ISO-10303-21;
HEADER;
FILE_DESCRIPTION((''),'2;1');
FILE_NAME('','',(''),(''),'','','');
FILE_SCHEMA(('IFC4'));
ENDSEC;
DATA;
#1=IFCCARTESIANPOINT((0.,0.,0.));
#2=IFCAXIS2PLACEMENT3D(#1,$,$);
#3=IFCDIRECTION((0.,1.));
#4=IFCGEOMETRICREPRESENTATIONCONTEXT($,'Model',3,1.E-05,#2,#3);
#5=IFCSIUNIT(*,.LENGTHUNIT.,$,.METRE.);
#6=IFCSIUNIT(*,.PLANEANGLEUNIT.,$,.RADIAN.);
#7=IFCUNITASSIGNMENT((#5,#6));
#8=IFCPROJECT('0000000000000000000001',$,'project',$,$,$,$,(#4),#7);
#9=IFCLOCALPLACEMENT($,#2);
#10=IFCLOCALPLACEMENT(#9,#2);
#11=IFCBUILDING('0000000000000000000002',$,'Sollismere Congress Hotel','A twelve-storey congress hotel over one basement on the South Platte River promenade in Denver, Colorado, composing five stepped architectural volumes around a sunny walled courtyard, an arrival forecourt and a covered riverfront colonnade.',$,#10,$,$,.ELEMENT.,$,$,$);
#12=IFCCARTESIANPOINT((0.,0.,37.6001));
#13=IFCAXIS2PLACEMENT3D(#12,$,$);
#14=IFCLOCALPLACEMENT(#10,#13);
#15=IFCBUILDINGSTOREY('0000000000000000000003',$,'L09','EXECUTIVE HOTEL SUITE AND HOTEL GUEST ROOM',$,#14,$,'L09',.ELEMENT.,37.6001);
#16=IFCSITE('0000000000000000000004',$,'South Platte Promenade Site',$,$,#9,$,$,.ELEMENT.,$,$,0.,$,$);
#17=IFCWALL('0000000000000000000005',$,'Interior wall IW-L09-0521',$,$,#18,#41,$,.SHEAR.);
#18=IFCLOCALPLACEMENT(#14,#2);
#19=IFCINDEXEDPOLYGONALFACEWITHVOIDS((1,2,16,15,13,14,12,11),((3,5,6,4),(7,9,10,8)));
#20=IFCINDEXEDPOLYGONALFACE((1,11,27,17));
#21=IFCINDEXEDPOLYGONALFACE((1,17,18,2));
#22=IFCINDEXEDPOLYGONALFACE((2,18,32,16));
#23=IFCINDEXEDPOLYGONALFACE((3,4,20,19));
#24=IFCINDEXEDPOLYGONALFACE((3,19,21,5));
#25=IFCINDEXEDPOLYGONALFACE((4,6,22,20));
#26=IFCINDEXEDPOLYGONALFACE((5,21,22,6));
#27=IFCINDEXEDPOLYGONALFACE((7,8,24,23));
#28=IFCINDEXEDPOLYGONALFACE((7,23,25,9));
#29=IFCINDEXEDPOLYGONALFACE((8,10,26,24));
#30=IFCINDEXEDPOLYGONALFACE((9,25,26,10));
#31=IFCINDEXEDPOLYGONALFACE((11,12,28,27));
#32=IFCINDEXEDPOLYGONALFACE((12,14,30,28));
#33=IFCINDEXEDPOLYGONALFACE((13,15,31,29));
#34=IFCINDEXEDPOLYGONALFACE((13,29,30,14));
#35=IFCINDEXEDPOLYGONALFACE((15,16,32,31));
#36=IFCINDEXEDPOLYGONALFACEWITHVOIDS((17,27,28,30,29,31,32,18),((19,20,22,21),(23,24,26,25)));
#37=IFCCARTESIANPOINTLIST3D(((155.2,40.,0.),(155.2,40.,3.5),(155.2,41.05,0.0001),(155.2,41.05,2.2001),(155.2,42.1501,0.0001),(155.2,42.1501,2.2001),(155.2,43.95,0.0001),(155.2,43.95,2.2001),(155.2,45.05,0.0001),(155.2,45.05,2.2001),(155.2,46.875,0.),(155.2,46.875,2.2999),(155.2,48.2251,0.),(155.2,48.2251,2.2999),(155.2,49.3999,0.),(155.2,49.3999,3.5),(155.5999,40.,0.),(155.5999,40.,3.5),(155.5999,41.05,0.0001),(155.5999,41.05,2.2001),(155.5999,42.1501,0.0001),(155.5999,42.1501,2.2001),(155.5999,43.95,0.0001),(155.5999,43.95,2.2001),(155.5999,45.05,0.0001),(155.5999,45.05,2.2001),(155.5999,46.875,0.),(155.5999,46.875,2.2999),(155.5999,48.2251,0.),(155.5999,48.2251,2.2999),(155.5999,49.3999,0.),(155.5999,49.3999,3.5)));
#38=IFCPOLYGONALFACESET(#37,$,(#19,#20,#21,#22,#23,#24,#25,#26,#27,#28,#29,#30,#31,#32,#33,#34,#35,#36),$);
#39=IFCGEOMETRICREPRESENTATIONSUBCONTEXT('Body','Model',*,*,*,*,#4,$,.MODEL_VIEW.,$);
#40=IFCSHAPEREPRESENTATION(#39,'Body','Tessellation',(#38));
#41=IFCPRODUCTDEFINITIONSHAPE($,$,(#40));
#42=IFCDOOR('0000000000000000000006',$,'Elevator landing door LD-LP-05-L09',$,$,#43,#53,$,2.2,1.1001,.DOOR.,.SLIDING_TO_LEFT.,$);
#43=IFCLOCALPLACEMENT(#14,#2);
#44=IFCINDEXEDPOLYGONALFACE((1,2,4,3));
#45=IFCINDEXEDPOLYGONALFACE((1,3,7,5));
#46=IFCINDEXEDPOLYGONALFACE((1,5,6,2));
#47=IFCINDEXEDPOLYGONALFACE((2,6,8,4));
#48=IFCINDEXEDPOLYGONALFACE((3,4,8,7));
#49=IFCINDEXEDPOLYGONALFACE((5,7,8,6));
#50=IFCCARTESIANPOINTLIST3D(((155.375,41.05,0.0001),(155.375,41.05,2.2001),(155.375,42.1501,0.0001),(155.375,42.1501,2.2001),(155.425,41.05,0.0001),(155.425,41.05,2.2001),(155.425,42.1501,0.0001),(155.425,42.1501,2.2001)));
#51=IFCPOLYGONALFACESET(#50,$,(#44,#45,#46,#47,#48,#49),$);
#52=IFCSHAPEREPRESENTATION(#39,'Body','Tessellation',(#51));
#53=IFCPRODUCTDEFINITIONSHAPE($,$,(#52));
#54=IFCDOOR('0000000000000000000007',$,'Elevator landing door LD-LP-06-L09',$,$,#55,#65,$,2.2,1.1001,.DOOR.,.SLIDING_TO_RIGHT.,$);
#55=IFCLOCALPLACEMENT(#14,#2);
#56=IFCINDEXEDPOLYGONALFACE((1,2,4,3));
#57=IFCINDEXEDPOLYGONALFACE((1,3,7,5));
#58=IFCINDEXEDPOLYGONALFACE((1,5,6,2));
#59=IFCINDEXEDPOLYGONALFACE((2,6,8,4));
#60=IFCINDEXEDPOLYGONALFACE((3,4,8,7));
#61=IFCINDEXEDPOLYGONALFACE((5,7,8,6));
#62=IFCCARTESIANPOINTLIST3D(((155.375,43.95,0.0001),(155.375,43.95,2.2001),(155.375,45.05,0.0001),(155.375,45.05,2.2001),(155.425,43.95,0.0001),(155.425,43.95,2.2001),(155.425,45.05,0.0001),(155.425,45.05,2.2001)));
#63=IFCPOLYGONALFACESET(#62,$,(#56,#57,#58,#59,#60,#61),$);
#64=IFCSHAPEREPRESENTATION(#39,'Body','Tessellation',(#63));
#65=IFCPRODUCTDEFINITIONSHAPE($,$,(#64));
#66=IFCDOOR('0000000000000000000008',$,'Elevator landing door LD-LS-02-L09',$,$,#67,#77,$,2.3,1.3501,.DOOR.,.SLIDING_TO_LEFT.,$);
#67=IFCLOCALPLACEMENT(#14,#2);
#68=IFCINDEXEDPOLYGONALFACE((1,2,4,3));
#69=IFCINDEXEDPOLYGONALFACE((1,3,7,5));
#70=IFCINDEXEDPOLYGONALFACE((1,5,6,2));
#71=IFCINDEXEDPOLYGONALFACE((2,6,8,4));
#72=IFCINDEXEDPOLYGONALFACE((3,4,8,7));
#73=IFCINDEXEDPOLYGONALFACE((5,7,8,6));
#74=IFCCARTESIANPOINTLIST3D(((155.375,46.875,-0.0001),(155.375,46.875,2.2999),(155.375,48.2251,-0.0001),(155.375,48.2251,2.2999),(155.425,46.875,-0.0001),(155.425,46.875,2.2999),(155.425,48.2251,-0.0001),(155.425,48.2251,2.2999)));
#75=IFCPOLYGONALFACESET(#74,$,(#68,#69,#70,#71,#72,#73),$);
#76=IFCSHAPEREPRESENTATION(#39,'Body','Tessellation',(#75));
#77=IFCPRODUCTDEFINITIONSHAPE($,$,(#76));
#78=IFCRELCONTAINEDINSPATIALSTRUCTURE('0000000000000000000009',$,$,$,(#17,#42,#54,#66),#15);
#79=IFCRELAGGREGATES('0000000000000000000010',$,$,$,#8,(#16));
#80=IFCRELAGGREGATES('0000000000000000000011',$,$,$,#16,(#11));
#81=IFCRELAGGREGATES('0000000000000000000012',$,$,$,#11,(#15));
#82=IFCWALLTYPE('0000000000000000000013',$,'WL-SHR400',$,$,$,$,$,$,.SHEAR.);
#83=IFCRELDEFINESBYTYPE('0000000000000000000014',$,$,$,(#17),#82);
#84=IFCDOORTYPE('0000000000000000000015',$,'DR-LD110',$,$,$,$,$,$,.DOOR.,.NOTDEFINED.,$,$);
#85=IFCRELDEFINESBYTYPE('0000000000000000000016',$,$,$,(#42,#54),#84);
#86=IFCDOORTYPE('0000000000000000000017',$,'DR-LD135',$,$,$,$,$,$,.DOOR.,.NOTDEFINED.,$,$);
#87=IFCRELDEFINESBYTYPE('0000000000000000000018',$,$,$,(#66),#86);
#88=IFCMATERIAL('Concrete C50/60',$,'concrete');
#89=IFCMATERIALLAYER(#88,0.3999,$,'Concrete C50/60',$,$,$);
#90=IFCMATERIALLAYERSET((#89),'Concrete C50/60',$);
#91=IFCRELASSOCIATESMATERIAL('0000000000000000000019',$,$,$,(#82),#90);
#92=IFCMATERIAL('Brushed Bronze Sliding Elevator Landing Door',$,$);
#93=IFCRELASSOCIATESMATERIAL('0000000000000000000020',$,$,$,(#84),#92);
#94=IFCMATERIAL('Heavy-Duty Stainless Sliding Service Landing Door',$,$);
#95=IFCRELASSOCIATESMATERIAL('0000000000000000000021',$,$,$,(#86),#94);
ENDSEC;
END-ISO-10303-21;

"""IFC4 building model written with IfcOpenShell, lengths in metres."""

from ifc_helpers import new_model, si_unit, direction, frame, frame_2d, origin, place, context, subcontext, project, spatial, rectangle, extrude, material, layer, layer_set, type_object, element, fill, save


model = new_model("IFC4")

# Units and contexts
model_context = context("Model", 3, precision=1e-05, world=origin(), true_north=direction((0.0, 1.0)))
body_context = subcontext(model_context, "Body", "Model", "MODEL_VIEW")
ifc_project = project(units=[si_unit("LENGTHUNIT", "METRE"), si_unit("PLANEANGLEUNIT", "RADIAN")], contexts=[model_context])

# Site, building, storey
site_placement = place(None, origin())
site = spatial("IfcSite", under=ifc_project, at=site_placement, Name="South Platte Promenade Site", CompositionType="ELEMENT", RefElevation=0.0)
building_placement = place(site_placement, origin())
building = spatial("IfcBuilding", under=site, at=building_placement, Name="Sollismere Congress Hotel", Description="A twelve-storey congress hotel over one basement on the South Platte River promenade in Denver, Colorado, composing five stepped architectural volumes around a sunny walled courtyard, an arrival forecourt and a covered riverfront colonnade.", CompositionType="ELEMENT")
storey_placement = place(building_placement, frame((0.0, 0.0, 37.6001)))
storey = spatial("IfcBuildingStorey", under=building, at=storey_placement, Name="L09", Description="EXECUTIVE HOTEL SUITE AND HOTEL GUEST ROOM", LongName="L09", CompositionType="ELEMENT", Elevation=37.6001)

# Wall, openings, doors
ifc_material_1 = material(Name="Concrete C50/60", Category="concrete")
ifc_layer_1 = layer(ifc_material_1, 0.3999, Name="Concrete C50/60")
ifc_layer_set_1 = layer_set([ifc_layer_1], Name="Concrete C50/60")
wall_type_1 = type_object("IfcWallType", Name="WL-SHR400", PredefinedType="SHEAR", material=ifc_layer_set_1)
wall_1_placement = place(storey_placement, frame((155.3999, 40.0, 0.0), z_axis=(0.0, 0.0, 1.0), x_axis=(0.0, 1.0, 0.0)))
wall_1 = element("IfcWall", 1, at=wall_1_placement, inside=storey, type_object=wall_type_1, Name="Interior wall IW-L09-0521", PredefinedType="SHEAR", context=body_context, shape_type="SweptSolid", body=[
    extrude(rectangle(XDim=9.3999, YDim=0.3999, at=frame_2d((4.7, 0.0))), origin(), (0.0, 0.0, 1.0), 3.5),
])
opening_1_placement = place(wall_1_placement, frame((1.05, 0.0, 0.0)))
opening_1 = element("IfcOpeningElement", 2, at=opening_1_placement, cuts=wall_1, PredefinedType="OPENING", context=body_context, shape_type="SweptSolid", body=[
    extrude(rectangle(XDim=1.1001, YDim=2.2, at=frame_2d((0.55, 1.1001))), frame((0.0, 0.21, 0.0), z_axis=(0.0, -1.0, 0.0), x_axis=(1.0, 0.0, 0.0)), (0.0, 0.0, 1.0), 0.4199),
])
opening_2_placement = place(wall_1_placement, frame((3.95, 0.0, 0.0)))
opening_2 = element("IfcOpeningElement", 3, at=opening_2_placement, cuts=wall_1, PredefinedType="OPENING", context=body_context, shape_type="SweptSolid", body=[
    extrude(rectangle(XDim=1.1001, YDim=2.2, at=frame_2d((0.55, 1.1001))), frame((0.0, 0.21, 0.0), z_axis=(0.0, -1.0, 0.0), x_axis=(1.0, 0.0, 0.0)), (0.0, 0.0, 1.0), 0.4199),
])
opening_3_placement = place(wall_1_placement, frame((6.875, 0.0, 0.0)))
opening_3 = element("IfcOpeningElement", 4, at=opening_3_placement, cuts=wall_1, PredefinedType="OPENING", context=body_context, shape_type="SweptSolid", body=[
    extrude(rectangle(XDim=1.3501, YDim=2.3, at=frame_2d((0.675, 1.1499))), frame((0.0, 0.21, 0.0), z_axis=(0.0, -1.0, 0.0), x_axis=(1.0, 0.0, 0.0)), (0.0, 0.0, 1.0), 0.4199),
])
ifc_material_2 = material(Name="Brushed Bronze Sliding Elevator Landing Door")
door_type_1 = type_object("IfcDoorType", Name="DR-LD110", OperationType="NOTDEFINED", PredefinedType="DOOR", material=ifc_material_2)
door_1_placement = place(opening_1_placement, origin())
door_1 = element("IfcDoor", 5, at=door_1_placement, inside=storey, type_object=door_type_1, Name="Elevator landing door LD-LP-05-L09", OperationType="SLIDING_TO_LEFT", OverallHeight=2.2, OverallWidth=1.1001, PredefinedType="DOOR", context=body_context, shape_type="SweptSolid", body=[
    extrude(rectangle(XDim=1.1001, YDim=2.2, at=frame_2d((0.55, 1.1001))), frame((0.0, 0.0249, 0.0), z_axis=(0.0, -1.0, 0.0), x_axis=(1.0, 0.0, 0.0)), (0.0, 0.0, 1.0), 0.05),
])
fill(opening_1, door_1)
door_2_placement = place(opening_2_placement, origin())
door_2 = element("IfcDoor", 6, at=door_2_placement, inside=storey, type_object=door_type_1, Name="Elevator landing door LD-LP-06-L09", OperationType="SLIDING_TO_RIGHT", OverallHeight=2.2, OverallWidth=1.1001, PredefinedType="DOOR", context=body_context, shape_type="SweptSolid", body=[
    extrude(rectangle(XDim=1.1001, YDim=2.2, at=frame_2d((0.55, 1.1001))), frame((0.0, 0.0249, 0.0), z_axis=(0.0, -1.0, 0.0), x_axis=(1.0, 0.0, 0.0)), (0.0, 0.0, 1.0), 0.05),
])
fill(opening_2, door_2)
ifc_material_3 = material(Name="Heavy-Duty Stainless Sliding Service Landing Door")
door_type_2 = type_object("IfcDoorType", Name="DR-LD135", OperationType="NOTDEFINED", PredefinedType="DOOR", material=ifc_material_3)
door_3_placement = place(opening_3_placement, origin())
door_3 = element("IfcDoor", 7, at=door_3_placement, inside=storey, type_object=door_type_2, Name="Elevator landing door LD-LS-02-L09", OperationType="SLIDING_TO_LEFT", OverallHeight=2.3, OverallWidth=1.3501, PredefinedType="DOOR", context=body_context, shape_type="SweptSolid", body=[
    extrude(rectangle(XDim=1.3501, YDim=2.3, at=frame_2d((0.675, 1.1499))), frame((0.0, 0.0249, 0.0), z_axis=(0.0, -1.0, 0.0), x_axis=(1.0, 0.0, 0.0)), (0.0, 0.0, 1.0), 0.05),
])
fill(opening_3, door_3)

save(model, "model.ifc")
